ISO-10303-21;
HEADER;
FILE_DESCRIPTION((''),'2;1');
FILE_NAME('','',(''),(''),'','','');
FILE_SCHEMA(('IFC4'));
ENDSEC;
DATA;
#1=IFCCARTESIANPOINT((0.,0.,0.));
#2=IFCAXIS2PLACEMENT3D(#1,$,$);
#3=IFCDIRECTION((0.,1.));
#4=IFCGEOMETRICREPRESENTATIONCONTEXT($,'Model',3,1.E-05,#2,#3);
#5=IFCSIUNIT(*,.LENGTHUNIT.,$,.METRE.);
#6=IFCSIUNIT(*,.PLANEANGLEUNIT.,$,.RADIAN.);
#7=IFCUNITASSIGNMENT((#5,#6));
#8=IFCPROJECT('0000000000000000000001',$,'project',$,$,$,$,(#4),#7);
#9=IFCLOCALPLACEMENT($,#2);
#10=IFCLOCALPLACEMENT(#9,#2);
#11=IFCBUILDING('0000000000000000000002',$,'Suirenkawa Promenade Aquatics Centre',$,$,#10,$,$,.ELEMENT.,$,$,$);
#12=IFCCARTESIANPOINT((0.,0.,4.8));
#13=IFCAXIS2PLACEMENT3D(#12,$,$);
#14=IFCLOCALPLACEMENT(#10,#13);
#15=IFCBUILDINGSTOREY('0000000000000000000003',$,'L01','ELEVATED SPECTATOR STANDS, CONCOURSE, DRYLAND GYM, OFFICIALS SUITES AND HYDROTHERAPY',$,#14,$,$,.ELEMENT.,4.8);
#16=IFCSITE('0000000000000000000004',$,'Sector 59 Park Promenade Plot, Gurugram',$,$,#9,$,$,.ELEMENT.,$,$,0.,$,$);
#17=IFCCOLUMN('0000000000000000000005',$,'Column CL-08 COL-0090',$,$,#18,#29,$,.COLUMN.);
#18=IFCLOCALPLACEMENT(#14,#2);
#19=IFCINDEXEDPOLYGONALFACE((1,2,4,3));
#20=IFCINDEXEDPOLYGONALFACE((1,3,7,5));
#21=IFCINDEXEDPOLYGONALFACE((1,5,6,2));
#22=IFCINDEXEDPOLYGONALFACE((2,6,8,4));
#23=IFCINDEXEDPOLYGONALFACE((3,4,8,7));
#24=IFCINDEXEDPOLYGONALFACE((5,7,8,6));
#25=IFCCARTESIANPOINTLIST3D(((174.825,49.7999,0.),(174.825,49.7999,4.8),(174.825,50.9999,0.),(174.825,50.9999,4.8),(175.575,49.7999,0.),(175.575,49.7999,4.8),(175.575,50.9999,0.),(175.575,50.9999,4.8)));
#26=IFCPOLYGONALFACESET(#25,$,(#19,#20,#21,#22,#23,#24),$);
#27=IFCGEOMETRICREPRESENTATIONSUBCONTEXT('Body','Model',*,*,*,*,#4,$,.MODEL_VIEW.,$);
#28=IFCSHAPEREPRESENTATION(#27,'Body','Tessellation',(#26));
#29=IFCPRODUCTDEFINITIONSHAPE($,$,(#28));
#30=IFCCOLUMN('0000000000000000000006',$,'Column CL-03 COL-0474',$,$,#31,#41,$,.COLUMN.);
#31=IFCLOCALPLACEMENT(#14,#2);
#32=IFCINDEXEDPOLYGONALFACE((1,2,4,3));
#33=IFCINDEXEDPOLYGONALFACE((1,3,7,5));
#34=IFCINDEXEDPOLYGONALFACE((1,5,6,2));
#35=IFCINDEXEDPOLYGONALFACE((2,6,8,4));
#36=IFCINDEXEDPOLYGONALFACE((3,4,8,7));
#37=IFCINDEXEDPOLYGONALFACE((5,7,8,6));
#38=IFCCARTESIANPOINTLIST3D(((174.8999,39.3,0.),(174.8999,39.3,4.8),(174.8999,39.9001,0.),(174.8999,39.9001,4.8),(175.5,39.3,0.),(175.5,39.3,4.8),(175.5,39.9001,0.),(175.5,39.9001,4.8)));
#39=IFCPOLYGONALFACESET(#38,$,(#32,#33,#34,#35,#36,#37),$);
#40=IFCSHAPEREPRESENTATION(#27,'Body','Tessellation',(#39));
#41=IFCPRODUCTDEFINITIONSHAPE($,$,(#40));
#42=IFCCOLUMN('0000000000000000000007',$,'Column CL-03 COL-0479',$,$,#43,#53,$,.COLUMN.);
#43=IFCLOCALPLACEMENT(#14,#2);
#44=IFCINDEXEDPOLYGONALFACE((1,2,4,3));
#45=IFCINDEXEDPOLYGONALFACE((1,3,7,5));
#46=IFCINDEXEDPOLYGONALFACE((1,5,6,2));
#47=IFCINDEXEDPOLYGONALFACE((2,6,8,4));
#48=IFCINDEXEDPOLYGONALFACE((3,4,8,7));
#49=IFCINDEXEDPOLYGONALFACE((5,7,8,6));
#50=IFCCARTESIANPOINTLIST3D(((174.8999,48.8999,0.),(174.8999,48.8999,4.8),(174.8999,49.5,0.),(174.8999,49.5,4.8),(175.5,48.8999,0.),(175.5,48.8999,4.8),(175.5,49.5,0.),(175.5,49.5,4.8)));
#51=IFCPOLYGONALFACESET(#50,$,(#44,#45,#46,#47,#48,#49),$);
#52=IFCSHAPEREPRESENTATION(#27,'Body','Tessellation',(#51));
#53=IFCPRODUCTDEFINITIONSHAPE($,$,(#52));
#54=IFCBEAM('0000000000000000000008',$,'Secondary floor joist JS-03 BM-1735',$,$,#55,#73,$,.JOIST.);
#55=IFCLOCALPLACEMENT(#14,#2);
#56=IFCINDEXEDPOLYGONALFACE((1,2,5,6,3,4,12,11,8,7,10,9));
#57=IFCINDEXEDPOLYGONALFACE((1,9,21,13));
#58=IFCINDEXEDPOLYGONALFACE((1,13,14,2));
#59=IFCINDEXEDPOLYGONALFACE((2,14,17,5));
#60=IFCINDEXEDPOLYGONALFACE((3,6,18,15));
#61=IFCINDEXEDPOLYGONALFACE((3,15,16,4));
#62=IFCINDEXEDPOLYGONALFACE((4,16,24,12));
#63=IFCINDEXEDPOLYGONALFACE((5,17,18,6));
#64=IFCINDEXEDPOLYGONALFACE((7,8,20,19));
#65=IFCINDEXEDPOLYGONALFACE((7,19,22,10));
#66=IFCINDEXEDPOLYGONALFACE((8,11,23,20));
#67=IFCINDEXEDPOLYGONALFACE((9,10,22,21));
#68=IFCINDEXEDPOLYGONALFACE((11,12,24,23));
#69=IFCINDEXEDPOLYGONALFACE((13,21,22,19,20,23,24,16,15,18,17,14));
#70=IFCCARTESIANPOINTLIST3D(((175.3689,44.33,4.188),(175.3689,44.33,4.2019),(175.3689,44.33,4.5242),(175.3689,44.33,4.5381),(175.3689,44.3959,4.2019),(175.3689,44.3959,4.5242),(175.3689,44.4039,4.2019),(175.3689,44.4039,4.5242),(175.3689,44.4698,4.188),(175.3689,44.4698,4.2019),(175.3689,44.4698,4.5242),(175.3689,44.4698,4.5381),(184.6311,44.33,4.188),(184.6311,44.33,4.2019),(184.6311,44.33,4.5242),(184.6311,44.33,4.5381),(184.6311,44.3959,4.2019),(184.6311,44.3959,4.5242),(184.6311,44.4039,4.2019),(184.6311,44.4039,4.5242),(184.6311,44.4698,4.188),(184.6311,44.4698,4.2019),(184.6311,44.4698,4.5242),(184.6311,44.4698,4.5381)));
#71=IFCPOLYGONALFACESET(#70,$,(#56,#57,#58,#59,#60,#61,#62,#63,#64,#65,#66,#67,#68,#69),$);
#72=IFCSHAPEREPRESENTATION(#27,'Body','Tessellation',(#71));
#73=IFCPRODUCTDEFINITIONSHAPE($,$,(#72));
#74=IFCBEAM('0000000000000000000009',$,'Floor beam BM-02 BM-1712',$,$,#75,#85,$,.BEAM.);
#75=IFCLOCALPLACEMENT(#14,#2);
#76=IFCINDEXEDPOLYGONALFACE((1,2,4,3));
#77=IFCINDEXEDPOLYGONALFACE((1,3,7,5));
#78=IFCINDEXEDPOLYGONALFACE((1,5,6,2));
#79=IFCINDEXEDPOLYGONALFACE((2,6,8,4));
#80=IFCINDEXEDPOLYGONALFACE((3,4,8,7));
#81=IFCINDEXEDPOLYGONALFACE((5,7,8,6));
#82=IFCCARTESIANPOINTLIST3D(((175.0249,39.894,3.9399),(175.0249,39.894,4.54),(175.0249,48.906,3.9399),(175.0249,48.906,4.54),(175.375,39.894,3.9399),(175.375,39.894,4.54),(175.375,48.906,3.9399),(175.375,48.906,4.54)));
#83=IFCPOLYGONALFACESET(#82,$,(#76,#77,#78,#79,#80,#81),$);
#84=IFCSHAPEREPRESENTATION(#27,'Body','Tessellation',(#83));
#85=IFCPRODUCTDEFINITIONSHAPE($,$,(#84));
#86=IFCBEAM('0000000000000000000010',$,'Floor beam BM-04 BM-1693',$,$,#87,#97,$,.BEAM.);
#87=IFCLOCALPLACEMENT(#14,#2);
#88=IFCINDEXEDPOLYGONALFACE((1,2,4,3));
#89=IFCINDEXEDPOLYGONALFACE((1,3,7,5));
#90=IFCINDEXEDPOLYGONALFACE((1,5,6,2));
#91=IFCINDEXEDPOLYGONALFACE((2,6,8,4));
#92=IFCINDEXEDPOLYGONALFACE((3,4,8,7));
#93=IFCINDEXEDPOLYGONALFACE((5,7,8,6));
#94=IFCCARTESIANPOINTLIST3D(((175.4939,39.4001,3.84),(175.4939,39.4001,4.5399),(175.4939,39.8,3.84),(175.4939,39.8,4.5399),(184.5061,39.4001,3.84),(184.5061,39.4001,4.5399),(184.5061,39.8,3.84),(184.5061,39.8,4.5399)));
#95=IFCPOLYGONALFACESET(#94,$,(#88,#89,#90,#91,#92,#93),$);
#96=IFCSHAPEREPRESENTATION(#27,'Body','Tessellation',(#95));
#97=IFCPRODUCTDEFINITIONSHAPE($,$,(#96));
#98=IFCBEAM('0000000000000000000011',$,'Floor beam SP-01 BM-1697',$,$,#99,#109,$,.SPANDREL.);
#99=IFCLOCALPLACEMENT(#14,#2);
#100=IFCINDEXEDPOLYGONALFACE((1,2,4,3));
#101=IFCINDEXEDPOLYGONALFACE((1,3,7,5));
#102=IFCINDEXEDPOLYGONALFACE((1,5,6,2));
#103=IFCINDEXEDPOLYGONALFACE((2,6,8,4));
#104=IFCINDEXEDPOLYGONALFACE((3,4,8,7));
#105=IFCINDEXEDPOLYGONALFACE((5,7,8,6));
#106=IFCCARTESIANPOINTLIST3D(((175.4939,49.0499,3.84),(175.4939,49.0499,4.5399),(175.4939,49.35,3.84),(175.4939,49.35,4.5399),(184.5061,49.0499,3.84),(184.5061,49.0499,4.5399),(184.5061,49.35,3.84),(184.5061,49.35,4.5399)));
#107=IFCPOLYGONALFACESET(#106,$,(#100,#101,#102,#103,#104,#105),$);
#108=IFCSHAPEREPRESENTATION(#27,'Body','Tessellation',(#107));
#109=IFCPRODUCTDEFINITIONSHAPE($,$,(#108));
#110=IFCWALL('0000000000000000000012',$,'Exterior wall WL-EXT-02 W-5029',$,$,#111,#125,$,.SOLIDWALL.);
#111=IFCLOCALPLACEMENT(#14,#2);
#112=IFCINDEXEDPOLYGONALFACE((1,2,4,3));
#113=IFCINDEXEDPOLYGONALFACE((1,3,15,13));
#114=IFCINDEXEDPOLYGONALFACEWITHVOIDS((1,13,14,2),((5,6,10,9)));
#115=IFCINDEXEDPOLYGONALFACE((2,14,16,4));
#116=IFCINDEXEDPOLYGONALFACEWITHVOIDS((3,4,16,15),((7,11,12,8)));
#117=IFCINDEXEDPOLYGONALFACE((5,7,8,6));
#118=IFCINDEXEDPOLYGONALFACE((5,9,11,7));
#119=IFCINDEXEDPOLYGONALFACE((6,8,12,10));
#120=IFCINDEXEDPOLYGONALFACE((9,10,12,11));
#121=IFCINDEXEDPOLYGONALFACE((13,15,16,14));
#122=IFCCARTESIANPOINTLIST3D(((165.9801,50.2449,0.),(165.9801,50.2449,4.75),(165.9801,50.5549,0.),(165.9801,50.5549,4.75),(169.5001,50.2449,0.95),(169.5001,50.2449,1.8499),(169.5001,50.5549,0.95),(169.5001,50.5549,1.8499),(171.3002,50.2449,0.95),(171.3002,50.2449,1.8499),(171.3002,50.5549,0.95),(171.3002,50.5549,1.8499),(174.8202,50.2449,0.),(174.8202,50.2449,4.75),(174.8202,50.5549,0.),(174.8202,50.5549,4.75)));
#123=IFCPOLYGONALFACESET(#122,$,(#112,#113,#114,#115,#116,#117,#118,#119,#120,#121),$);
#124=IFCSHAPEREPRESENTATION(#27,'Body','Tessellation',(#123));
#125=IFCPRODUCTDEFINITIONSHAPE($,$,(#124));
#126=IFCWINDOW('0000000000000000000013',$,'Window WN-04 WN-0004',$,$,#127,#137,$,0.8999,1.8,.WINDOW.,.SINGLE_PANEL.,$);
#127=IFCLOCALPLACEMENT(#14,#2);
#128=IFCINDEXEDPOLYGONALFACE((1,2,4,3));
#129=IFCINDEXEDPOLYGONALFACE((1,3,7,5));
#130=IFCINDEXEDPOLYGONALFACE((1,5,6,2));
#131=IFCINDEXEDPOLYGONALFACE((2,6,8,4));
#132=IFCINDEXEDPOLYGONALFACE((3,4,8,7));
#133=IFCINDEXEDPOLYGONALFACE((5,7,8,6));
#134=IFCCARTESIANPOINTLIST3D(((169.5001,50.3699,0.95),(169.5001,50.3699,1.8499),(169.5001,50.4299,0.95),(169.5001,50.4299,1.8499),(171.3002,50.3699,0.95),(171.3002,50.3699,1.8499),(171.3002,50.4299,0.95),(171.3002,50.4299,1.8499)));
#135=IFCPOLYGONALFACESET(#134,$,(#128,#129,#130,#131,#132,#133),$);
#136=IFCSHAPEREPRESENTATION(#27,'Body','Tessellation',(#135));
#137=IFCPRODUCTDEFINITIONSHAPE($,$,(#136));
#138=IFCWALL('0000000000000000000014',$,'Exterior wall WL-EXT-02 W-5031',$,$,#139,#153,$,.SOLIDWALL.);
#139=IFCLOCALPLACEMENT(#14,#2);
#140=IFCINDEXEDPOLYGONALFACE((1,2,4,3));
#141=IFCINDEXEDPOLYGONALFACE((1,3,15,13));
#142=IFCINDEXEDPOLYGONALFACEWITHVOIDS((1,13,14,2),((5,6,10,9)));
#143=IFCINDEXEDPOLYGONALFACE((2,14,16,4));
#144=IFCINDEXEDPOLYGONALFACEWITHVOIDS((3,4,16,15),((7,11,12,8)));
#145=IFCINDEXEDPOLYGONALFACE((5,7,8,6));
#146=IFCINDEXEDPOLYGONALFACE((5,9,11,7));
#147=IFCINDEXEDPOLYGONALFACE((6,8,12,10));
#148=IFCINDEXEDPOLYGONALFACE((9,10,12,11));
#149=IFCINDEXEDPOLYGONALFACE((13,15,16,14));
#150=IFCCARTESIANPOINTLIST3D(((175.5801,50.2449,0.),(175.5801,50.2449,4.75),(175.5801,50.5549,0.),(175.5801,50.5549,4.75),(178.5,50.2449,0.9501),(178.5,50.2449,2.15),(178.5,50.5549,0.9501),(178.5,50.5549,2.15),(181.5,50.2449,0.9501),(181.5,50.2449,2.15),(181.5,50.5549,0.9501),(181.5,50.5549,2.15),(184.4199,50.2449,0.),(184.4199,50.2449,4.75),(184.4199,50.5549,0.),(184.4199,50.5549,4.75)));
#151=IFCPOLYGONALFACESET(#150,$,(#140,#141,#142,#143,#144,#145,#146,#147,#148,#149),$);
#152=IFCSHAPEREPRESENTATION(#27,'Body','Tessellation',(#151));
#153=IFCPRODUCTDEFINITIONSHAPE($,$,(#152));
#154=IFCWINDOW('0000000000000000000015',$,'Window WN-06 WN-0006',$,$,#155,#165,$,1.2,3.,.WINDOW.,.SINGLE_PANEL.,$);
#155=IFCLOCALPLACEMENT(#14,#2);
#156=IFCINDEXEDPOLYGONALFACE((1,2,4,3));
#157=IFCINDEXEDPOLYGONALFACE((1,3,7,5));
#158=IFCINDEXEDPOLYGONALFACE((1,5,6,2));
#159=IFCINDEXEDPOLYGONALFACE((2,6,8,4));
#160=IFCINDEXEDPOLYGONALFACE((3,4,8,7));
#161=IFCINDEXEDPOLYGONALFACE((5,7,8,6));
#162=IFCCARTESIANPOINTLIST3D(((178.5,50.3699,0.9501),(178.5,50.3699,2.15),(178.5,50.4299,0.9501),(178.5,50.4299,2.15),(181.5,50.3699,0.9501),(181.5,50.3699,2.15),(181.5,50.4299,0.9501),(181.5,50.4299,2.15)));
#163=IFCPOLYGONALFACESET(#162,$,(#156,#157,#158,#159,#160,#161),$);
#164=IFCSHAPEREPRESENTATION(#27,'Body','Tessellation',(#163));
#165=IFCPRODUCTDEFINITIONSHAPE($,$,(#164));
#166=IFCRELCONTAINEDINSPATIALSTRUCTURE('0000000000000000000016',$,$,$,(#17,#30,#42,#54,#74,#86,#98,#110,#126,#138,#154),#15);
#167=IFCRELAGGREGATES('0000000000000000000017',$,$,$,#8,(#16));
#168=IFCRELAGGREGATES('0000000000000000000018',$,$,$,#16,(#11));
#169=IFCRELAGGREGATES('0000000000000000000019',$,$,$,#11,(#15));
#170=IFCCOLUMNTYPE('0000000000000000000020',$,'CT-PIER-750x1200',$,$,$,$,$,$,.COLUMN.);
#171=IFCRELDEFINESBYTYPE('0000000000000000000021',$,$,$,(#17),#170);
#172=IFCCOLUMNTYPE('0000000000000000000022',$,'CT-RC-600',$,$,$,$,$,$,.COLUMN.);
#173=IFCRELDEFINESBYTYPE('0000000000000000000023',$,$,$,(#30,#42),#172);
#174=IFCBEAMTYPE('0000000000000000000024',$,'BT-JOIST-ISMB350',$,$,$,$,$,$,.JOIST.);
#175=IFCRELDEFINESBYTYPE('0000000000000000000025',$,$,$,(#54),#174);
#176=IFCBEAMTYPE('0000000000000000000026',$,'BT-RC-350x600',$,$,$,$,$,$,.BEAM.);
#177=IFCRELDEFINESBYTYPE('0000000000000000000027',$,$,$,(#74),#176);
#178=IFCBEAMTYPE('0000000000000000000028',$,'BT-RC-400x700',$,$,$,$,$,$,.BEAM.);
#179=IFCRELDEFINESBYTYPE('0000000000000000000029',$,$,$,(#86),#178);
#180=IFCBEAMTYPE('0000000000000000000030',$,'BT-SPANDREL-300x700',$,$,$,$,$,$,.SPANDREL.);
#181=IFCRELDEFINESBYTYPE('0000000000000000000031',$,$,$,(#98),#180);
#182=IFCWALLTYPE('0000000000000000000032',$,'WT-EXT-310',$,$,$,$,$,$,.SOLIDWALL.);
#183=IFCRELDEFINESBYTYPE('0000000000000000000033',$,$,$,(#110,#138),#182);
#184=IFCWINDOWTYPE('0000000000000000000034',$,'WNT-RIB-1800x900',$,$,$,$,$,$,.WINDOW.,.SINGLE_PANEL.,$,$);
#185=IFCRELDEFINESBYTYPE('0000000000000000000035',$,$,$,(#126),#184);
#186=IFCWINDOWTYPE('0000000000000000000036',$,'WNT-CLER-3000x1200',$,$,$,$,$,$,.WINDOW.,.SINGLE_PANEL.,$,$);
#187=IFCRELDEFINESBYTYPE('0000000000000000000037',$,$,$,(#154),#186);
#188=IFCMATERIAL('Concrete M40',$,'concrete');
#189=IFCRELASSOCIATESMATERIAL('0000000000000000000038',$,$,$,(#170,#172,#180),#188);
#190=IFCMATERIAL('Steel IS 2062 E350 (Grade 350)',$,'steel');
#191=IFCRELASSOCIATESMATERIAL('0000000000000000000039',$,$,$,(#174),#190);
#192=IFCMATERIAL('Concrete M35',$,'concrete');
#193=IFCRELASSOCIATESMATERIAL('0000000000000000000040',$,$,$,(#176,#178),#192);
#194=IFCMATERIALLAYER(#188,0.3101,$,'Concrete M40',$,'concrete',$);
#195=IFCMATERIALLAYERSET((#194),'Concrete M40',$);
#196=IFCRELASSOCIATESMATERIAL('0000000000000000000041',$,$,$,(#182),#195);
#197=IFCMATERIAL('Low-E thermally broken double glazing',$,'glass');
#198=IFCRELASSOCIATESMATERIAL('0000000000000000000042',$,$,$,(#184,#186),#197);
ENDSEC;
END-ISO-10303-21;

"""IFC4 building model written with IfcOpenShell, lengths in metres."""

from ifc_helpers import new_model, si_unit, direction, frame, frame_2d, origin, origin_2d, place, context, subcontext, project, spatial, rectangle, i_section, extrude, material, layer, layer_set, material_profile, profile_set, type_object, element, fill, save


model = new_model("IFC4")

# Units and contexts
model_context = context("Model", 3, precision=1e-05, world=origin(), true_north=direction((0.0, 1.0)))
body_context = subcontext(model_context, "Body", "Model", "MODEL_VIEW")
ifc_project = project(units=[si_unit("LENGTHUNIT", "METRE"), si_unit("PLANEANGLEUNIT", "RADIAN")], contexts=[model_context])

# Site, building, storey
site_placement = place(None, origin())
site = spatial("IfcSite", under=ifc_project, at=site_placement, Name="Sector 59 Park Promenade Plot, Gurugram", CompositionType="ELEMENT", RefElevation=0.0)
building_placement = place(site_placement, origin())
building = spatial("IfcBuilding", under=site, at=building_placement, Name="Suirenkawa Promenade Aquatics Centre", CompositionType="ELEMENT")
storey_placement = place(building_placement, frame((0.0, 0.0, 4.8)))
storey = spatial("IfcBuildingStorey", under=building, at=storey_placement, Name="L01", Description="ELEVATED SPECTATOR STANDS, CONCOURSE, DRYLAND GYM, OFFICIALS SUITES AND HYDROTHERAPY", CompositionType="ELEMENT", Elevation=4.8)

# Columns
ifc_material_1 = material(Name="Concrete M40", Category="concrete")
ifc_material_profile_1 = material_profile(ifc_material_1, rectangle(XDim=0.75, YDim=1.2, at=origin_2d()), Name="RC PIER 750x1200", Category="concrete")
ifc_profile_set_1 = profile_set([ifc_material_profile_1], Name="Concrete M40")
column_type_1 = type_object("IfcColumnType", Name="CT-PIER-750x1200", PredefinedType="COLUMN", material=ifc_profile_set_1)
column_placement = place(storey_placement, frame((175.2, 50.3999, 0.0), z_axis=(0.0, 0.0, 1.0), x_axis=(1.0, 0.0, 0.0)))
element("IfcColumn", 1, at=column_placement, inside=storey, type_object=column_type_1, Name="Column CL-08 COL-0090", PredefinedType="COLUMN", context=body_context, shape_type="SweptSolid", body=[
    extrude(rectangle(XDim=0.75, YDim=1.2, at=origin_2d()), origin(), (0.0, 0.0, 1.0), 4.8),
])
ifc_material_profile_2 = material_profile(ifc_material_1, rectangle(XDim=0.6001, YDim=0.6001, at=origin_2d()), Name="RC COL 600x600", Category="concrete")
ifc_profile_set_2 = profile_set([ifc_material_profile_2], Name="Concrete M40")
column_type_2 = type_object("IfcColumnType", Name="CT-RC-600", PredefinedType="COLUMN", material=ifc_profile_set_2)
for number, where, z_axis, x_axis, name in (
    (2, (175.2, 39.6001, 0.0), (0.0, 0.0, 1.0), (1.0, 0.0, 0.0), "Column CL-03 COL-0474"),
    (3, (175.2, 49.2, 0.0), (0.0, 0.0, 1.0), (1.0, 0.0, 0.0), "Column CL-03 COL-0479"),
):
    element("IfcColumn", number, at=place(storey_placement, frame(where, z_axis=z_axis, x_axis=x_axis)), inside=storey, type_object=column_type_2, Name=name, PredefinedType="COLUMN", context=body_context, shape_type="SweptSolid", body=[
        extrude(rectangle(XDim=0.6001, YDim=0.6001, at=origin_2d()), origin(), (0.0, 0.0, 1.0), 4.8),
    ])

# Beams
ifc_material_2 = material(Name="Steel IS 2062 E350 (Grade 350)", Category="steel")
ifc_material_profile_3 = material_profile(ifc_material_2, i_section(OverallWidth=0.1399, OverallDepth=0.3501, WebThickness=0.0081, FlangeThickness=0.0139, at=origin_2d()), Name="ISMB 350", Category="steel")
ifc_profile_set_3 = profile_set([ifc_material_profile_3], Name="Steel IS 2062 E350 (Grade 350)")
beam_type_1 = type_object("IfcBeamType", Name="BT-JOIST-ISMB350", PredefinedType="JOIST", material=ifc_profile_set_3)
beam_1_placement = place(storey_placement, frame((175.3689, 44.3999, 4.363), z_axis=(1.0, 0.0, 0.0), x_axis=(0.0, 1.0, 0.0)))
element("IfcBeam", 4, at=beam_1_placement, inside=storey, type_object=beam_type_1, Name="Secondary floor joist JS-03 BM-1735", PredefinedType="JOIST", context=body_context, shape_type="SweptSolid", body=[
    extrude(i_section(OverallWidth=0.1399, OverallDepth=0.3501, WebThickness=0.0081, FlangeThickness=0.0139, at=origin_2d()), origin(), (0.0, 0.0, 1.0), 9.2622),
])
ifc_material_3 = material(Name="Concrete M35", Category="concrete")
ifc_material_profile_4 = material_profile(ifc_material_3, rectangle(XDim=0.3501, YDim=0.6001, at=origin_2d()), Name="RC BM 350x600", Category="concrete")
ifc_profile_set_4 = profile_set([ifc_material_profile_4], Name="Concrete M35")
beam_type_2 = type_object("IfcBeamType", Name="BT-RC-350x600", PredefinedType="BEAM", material=ifc_profile_set_4)
beam_2_placement = place(storey_placement, frame((175.2, 39.894, 4.24), z_axis=(0.0, 1.0, 0.0), x_axis=(-1.0, 0.0, 0.0)))
element("IfcBeam", 5, at=beam_2_placement, inside=storey, type_object=beam_type_2, Name="Floor beam BM-02 BM-1712", PredefinedType="BEAM", context=body_context, shape_type="SweptSolid", body=[
    extrude(rectangle(XDim=0.3501, YDim=0.6001, at=origin_2d()), origin(), (0.0, 0.0, 1.0), 9.012),
])
ifc_material_profile_5 = material_profile(ifc_material_3, rectangle(XDim=0.3999, YDim=0.7, at=origin_2d()), Name="RC BM 400x700", Category="concrete")
ifc_profile_set_5 = profile_set([ifc_material_profile_5], Name="Concrete M35")
beam_type_3 = type_object("IfcBeamType", Name="BT-RC-400x700", PredefinedType="BEAM", material=ifc_profile_set_5)
beam_3_placement = place(storey_placement, frame((175.4939, 39.6001, 4.1899), z_axis=(1.0, 0.0, 0.0), x_axis=(0.0, 1.0, 0.0)))
element("IfcBeam", 6, at=beam_3_placement, inside=storey, type_object=beam_type_3, Name="Floor beam BM-04 BM-1693", PredefinedType="BEAM", context=body_context, shape_type="SweptSolid", body=[
    extrude(rectangle(XDim=0.3999, YDim=0.7, at=origin_2d()), origin(), (0.0, 0.0, 1.0), 9.0122),
])
ifc_material_profile_6 = material_profile(ifc_material_1, rectangle(XDim=0.3, YDim=0.7, at=origin_2d()), Name="RC SPANDREL 300x700", Category="concrete")
ifc_profile_set_6 = profile_set([ifc_material_profile_6], Name="Concrete M40")
beam_type_4 = type_object("IfcBeamType", Name="BT-SPANDREL-300x700", PredefinedType="SPANDREL", material=ifc_profile_set_6)
beam_4_placement = place(storey_placement, frame((175.4939, 49.2, 4.1899), z_axis=(1.0, 0.0, 0.0), x_axis=(0.0, 1.0, 0.0)))
element("IfcBeam", 7, at=beam_4_placement, inside=storey, type_object=beam_type_4, Name="Floor beam SP-01 BM-1697", PredefinedType="SPANDREL", context=body_context, shape_type="SweptSolid", body=[
    extrude(rectangle(XDim=0.3, YDim=0.7, at=origin_2d()), origin(), (0.0, 0.0, 1.0), 9.0122),
])

# Walls, openings, windows
ifc_layer_1 = layer(ifc_material_1, 0.3101, Name="Concrete M40", Category="concrete")
ifc_layer_set_1 = layer_set([ifc_layer_1], Name="Concrete M40")
wall_type_1 = type_object("IfcWallType", Name="WT-EXT-310", PredefinedType="SOLIDWALL", material=ifc_layer_set_1)
wall_1_placement = place(storey_placement, frame((174.8201, 50.3999, 0.0), z_axis=(0.0, 0.0, 1.0), x_axis=(-1.0, 0.0, 0.0)))
wall_1 = element("IfcWall", 8, at=wall_1_placement, inside=storey, type_object=wall_type_1, Name="Exterior wall WL-EXT-02 W-5029", PredefinedType="SOLIDWALL", context=body_context, shape_type="SweptSolid", body=[
    extrude(rectangle(XDim=8.8401, YDim=0.3101, at=frame_2d((4.4199, 0.0))), origin(), (0.0, 0.0, 1.0), 4.75),
])
opening_1_placement = place(wall_1_placement, frame((3.52, 0.0, 0.95)))
opening_1 = element("IfcOpeningElement", 9, at=opening_1_placement, cuts=wall_1, PredefinedType="OPENING", context=body_context, shape_type="SweptSolid", body=[
    extrude(rectangle(XDim=1.8, YDim=0.8999, at=frame_2d((0.8999, 0.45))), frame((0.0, 0.165, 0.0), z_axis=(0.0, -1.0, 0.0), x_axis=(1.0, 0.0, 0.0)), (0.0, 0.0, 1.0), 0.3301),
])
ifc_material_4 = material(Name="Low-E thermally broken double glazing", Category="glass")
window_type_1 = type_object("IfcWindowType", Name="WNT-RIB-1800x900", PartitioningType="SINGLE_PANEL", PredefinedType="WINDOW", material=ifc_material_4)
window_1_placement = place(opening_1_placement, origin())
window_1 = element("IfcWindow", 10, at=window_1_placement, inside=storey, type_object=window_type_1, Name="Window WN-04 WN-0004", OverallHeight=0.8999, OverallWidth=1.8, PartitioningType="SINGLE_PANEL", PredefinedType="WINDOW", context=body_context, shape_type="SweptSolid", body=[
    extrude(rectangle(XDim=1.8, YDim=0.8999, at=frame_2d((0.8999, 0.45))), frame((0.0, 0.03, 0.0), z_axis=(0.0, -1.0, 0.0), x_axis=(1.0, 0.0, 0.0)), (0.0, 0.0, 1.0), 0.0601),
])
fill(opening_1, window_1)
wall_2_placement = place(storey_placement, frame((184.4199, 50.3999, 0.0), z_axis=(0.0, 0.0, 1.0), x_axis=(-1.0, 0.0, 0.0)))
wall_2 = element("IfcWall", 11, at=wall_2_placement, inside=storey, type_object=wall_type_1, Name="Exterior wall WL-EXT-02 W-5031", PredefinedType="SOLIDWALL", context=body_context, shape_type="SweptSolid", body=[
    extrude(rectangle(XDim=8.8398, YDim=0.3101, at=frame_2d((4.4199, 0.0))), origin(), (0.0, 0.0, 1.0), 4.75),
])
opening_2_placement = place(wall_2_placement, frame((2.9199, 0.0, 0.95)))
opening_2 = element("IfcOpeningElement", 12, at=opening_2_placement, cuts=wall_2, PredefinedType="OPENING", context=body_context, shape_type="SweptSolid", body=[
    extrude(rectangle(XDim=3.0, YDim=1.2, at=frame_2d((1.5, 0.6001))), frame((0.0, 0.165, 0.0), z_axis=(0.0, -1.0, 0.0), x_axis=(1.0, 0.0, 0.0)), (0.0, 0.0, 1.0), 0.3301),
])
window_type_2 = type_object("IfcWindowType", Name="WNT-CLER-3000x1200", PartitioningType="SINGLE_PANEL", PredefinedType="WINDOW", material=ifc_material_4)
window_2_placement = place(opening_2_placement, origin())
window_2 = element("IfcWindow", 13, at=window_2_placement, inside=storey, type_object=window_type_2, Name="Window WN-06 WN-0006", OverallHeight=1.2, OverallWidth=3.0, PartitioningType="SINGLE_PANEL", PredefinedType="WINDOW", context=body_context, shape_type="SweptSolid", body=[
    extrude(rectangle(XDim=3.0, YDim=1.2, at=frame_2d((1.5, 0.6001))), frame((0.0, 0.03, 0.0), z_axis=(0.0, -1.0, 0.0), x_axis=(1.0, 0.0, 0.0)), (0.0, 0.0, 1.0), 0.0601),
])
fill(opening_2, window_2)

save(model, "model.ifc")
